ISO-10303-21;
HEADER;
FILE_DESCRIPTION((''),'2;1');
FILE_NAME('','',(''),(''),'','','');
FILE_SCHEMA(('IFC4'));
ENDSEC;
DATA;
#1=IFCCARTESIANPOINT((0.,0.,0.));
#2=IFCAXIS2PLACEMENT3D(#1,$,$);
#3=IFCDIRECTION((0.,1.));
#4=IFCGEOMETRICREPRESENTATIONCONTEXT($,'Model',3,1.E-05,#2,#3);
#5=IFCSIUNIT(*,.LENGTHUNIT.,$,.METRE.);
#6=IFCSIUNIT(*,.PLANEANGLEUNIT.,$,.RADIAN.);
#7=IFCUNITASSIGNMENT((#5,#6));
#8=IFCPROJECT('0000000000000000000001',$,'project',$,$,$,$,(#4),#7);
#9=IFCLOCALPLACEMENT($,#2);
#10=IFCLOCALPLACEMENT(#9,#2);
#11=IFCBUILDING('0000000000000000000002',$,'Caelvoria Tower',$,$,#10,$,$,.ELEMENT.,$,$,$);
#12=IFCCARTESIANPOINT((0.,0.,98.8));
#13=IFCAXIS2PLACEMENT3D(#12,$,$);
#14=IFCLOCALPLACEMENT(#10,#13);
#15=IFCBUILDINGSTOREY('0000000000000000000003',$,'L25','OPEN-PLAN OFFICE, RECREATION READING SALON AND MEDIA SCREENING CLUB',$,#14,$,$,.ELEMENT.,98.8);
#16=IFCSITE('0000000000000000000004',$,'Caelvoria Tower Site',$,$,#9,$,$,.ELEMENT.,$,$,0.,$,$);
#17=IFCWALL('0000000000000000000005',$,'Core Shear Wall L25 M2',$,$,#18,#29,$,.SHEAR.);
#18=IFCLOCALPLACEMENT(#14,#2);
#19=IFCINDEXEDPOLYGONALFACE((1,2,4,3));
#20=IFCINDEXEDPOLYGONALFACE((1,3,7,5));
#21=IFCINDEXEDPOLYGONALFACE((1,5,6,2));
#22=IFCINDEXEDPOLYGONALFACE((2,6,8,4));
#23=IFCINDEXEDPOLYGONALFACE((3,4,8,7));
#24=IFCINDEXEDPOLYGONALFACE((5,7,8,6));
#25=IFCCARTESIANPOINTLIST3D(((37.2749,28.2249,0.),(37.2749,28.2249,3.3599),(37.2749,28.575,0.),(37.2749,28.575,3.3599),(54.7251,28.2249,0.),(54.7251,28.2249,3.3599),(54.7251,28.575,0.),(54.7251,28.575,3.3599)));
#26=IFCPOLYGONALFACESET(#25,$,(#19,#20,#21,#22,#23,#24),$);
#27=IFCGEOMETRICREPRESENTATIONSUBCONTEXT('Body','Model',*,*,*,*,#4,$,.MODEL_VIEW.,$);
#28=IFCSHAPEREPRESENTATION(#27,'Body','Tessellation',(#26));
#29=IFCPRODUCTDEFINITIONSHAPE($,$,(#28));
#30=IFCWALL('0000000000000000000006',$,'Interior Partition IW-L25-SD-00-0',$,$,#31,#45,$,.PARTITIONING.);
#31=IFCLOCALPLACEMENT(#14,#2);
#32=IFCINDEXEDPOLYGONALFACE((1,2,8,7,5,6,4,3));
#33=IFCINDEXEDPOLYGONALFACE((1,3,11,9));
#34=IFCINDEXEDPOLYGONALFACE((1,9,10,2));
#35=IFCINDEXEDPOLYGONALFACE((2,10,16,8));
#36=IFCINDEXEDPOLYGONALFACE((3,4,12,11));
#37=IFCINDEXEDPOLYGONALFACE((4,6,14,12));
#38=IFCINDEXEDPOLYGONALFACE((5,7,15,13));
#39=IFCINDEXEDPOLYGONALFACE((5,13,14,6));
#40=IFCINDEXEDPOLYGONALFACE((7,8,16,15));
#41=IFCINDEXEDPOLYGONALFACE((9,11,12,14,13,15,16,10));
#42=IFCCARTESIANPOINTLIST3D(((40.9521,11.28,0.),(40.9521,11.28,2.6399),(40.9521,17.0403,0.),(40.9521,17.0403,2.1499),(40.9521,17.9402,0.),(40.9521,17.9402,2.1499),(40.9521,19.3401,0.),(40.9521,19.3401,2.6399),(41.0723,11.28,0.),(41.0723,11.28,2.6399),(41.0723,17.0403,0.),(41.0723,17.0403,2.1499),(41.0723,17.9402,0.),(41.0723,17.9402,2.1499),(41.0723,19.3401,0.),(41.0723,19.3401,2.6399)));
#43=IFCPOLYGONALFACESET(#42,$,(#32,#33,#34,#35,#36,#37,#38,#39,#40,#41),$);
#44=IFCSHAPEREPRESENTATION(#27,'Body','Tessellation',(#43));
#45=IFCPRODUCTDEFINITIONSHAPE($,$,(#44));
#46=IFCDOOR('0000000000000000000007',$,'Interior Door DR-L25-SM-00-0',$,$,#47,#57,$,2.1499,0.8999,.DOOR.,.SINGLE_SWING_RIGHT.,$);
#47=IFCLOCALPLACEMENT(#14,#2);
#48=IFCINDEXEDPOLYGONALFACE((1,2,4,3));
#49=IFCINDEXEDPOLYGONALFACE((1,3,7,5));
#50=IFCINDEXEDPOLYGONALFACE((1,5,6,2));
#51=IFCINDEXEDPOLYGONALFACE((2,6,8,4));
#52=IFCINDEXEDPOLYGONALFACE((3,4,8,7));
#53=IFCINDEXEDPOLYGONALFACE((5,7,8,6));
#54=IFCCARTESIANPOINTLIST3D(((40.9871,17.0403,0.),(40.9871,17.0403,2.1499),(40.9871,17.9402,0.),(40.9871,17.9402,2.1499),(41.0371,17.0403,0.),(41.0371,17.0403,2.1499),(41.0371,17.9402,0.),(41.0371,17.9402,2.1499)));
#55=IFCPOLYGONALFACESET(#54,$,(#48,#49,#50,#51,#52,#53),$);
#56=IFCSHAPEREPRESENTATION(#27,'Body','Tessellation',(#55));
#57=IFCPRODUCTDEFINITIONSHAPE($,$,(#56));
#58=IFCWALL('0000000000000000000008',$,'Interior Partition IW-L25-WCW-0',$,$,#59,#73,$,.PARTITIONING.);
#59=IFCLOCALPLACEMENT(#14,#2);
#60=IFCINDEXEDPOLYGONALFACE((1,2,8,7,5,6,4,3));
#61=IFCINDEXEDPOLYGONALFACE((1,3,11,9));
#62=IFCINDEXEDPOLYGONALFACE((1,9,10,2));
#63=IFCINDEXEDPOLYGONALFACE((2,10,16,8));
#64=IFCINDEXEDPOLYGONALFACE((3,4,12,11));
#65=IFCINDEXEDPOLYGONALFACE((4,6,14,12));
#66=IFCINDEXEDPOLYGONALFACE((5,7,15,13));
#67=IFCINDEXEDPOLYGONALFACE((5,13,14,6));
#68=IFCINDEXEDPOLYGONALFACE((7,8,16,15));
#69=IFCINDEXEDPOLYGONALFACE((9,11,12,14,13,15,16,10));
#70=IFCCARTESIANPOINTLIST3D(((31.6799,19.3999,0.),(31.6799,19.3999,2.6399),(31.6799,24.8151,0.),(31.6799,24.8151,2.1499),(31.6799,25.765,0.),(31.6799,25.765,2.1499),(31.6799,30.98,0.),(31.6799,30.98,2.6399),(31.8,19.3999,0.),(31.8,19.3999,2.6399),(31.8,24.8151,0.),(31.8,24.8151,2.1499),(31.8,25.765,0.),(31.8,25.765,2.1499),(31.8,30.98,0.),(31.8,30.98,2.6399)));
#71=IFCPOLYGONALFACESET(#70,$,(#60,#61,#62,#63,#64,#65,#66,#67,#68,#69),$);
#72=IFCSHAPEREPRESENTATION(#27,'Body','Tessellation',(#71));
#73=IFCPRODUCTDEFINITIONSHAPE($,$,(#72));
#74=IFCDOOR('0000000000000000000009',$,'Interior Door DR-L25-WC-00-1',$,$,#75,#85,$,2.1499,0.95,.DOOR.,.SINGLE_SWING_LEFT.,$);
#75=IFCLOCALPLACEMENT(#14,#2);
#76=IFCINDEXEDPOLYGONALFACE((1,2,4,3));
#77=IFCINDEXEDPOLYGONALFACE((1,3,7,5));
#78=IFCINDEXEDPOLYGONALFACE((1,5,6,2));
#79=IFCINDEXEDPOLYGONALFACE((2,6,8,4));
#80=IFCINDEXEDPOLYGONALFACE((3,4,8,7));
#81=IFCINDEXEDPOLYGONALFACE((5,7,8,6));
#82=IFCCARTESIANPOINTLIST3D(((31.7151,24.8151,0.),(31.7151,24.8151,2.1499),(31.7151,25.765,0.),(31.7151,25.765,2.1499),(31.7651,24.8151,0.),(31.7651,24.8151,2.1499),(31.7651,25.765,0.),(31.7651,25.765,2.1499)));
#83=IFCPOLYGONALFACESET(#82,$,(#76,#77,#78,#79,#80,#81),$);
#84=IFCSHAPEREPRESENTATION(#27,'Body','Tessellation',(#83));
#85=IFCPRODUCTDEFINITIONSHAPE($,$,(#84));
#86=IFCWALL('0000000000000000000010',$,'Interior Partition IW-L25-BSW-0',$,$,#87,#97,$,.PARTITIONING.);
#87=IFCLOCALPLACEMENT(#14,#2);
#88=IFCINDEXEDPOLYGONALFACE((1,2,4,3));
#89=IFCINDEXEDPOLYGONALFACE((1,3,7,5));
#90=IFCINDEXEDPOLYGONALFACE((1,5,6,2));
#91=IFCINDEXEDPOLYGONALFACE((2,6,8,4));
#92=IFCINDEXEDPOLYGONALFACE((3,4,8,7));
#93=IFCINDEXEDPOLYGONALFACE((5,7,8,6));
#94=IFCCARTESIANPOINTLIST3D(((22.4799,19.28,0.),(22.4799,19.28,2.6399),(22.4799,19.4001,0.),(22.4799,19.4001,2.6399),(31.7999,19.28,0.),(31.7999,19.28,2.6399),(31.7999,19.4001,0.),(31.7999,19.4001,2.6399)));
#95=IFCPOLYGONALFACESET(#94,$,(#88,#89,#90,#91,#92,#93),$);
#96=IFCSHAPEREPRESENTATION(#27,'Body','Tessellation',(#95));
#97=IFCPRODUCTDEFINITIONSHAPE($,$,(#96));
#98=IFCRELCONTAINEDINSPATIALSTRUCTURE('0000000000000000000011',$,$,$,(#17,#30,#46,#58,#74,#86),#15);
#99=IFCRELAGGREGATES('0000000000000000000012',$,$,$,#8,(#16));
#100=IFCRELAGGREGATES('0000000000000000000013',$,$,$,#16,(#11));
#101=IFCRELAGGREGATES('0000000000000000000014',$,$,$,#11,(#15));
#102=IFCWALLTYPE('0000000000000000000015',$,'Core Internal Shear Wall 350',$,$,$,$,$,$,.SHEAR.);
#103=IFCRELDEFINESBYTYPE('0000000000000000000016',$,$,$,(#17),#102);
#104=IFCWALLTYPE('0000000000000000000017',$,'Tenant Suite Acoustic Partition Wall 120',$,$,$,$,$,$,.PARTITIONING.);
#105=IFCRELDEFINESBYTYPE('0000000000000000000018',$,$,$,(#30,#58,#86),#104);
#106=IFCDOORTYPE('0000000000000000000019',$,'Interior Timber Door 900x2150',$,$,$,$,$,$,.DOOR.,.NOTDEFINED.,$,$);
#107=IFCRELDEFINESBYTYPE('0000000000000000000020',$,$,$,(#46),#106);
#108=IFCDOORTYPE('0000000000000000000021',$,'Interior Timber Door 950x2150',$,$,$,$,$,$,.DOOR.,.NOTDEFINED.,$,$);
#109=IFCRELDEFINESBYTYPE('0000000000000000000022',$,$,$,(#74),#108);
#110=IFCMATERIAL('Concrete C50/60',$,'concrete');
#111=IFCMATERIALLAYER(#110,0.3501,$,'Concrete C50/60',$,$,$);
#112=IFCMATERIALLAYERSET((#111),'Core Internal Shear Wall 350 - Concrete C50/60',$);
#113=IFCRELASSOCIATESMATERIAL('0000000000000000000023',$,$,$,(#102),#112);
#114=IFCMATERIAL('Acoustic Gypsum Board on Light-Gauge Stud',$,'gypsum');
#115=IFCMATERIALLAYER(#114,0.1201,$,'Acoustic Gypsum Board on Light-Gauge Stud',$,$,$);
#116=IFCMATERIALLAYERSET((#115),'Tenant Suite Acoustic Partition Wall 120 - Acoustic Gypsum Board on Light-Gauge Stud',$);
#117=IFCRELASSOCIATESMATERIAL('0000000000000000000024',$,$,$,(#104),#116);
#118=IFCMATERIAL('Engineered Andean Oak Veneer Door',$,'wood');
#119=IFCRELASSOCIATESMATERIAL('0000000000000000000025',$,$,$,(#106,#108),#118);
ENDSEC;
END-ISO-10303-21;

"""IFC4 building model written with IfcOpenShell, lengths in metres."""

from ifc_helpers import new_model, si_unit, direction, frame, frame_2d, origin, place, context, subcontext, project, spatial, rectangle, extrude, material, layer, layer_set, type_object, element, fill, save


model = new_model("IFC4")

# Units and contexts
model_context = context("Model", 3, precision=1e-05, world=origin(), true_north=direction((0.0, 1.0)))
body_context = subcontext(model_context, "Body", "Model", "MODEL_VIEW")
ifc_project = project(units=[si_unit("LENGTHUNIT", "METRE"), si_unit("PLANEANGLEUNIT", "RADIAN")], contexts=[model_context])

# Site, building, storey
site_placement = place(None, origin())
site = spatial("IfcSite", under=ifc_project, at=site_placement, Name="Caelvoria Tower Site", CompositionType="ELEMENT", RefElevation=0.0)
building_placement = place(site_placement, origin())
building = spatial("IfcBuilding", under=site, at=building_placement, Name="Caelvoria Tower", CompositionType="ELEMENT")
storey_placement = place(building_placement, frame((0.0, 0.0, 98.8)))
storey = spatial("IfcBuildingStorey", under=building, at=storey_placement, Name="L25", Description="OPEN-PLAN OFFICE, RECREATION READING SALON AND MEDIA SCREENING CLUB", CompositionType="ELEMENT", Elevation=98.8)

# Shared definitions
ifc_material_1 = material(Name="Concrete C50/60", Category="concrete")
ifc_layer_1 = layer(ifc_material_1, 0.3501, Name="Concrete C50/60")
ifc_layer_set_1 = layer_set([ifc_layer_1], Name="Core Internal Shear Wall 350 - Concrete C50/60")
wall_type_1 = type_object("IfcWallType", Name="Core Internal Shear Wall 350", PredefinedType="SHEAR", material=ifc_layer_set_1)

# Wall
wall_1_placement = place(storey_placement, frame((37.2749, 28.3999, 0.0), z_axis=(0.0, 0.0, 1.0), x_axis=(1.0, 0.0, 0.0)))
element("IfcWall", 1, at=wall_1_placement, inside=storey, type_object=wall_type_1, Name="Core Shear Wall L25 M2", PredefinedType="SHEAR", context=body_context, shape_type="SweptSolid", body=[
    extrude(rectangle(XDim=17.4502, YDim=0.3501, at=frame_2d((8.7251, 0.0))), origin(), (0.0, 0.0, 1.0), 3.3599),
])

# Walls, openings, doors
ifc_material_2 = material(Name="Acoustic Gypsum Board on Light-Gauge Stud", Category="gypsum")
ifc_layer_2 = layer(ifc_material_2, 0.1201, Name="Acoustic Gypsum Board on Light-Gauge Stud")
ifc_layer_set_2 = layer_set([ifc_layer_2], Name="Tenant Suite Acoustic Partition Wall 120 - Acoustic Gypsum Board on Light-Gauge Stud")
wall_type_2 = type_object("IfcWallType", Name="Tenant Suite Acoustic Partition Wall 120", PredefinedType="PARTITIONING", material=ifc_layer_set_2)
wall_2_placement = place(storey_placement, frame((41.0122, 19.3401, 0.0), z_axis=(0.0, 0.0, 1.0), x_axis=(0.0, -1.0, 0.0)))
wall_2 = element("IfcWall", 2, at=wall_2_placement, inside=storey, type_object=wall_type_2, Name="Interior Partition IW-L25-SD-00-0", PredefinedType="PARTITIONING", context=body_context, shape_type="SweptSolid", body=[
    extrude(rectangle(XDim=8.0601, YDim=0.1201, at=frame_2d((4.03, 0.0))), origin(), (0.0, 0.0, 1.0), 2.6399),
])
opening_1_placement = place(wall_2_placement, frame((1.3999, 0.0, 0.0)))
opening_1 = element("IfcOpeningElement", 3, at=opening_1_placement, cuts=wall_2, PredefinedType="OPENING", context=body_context, shape_type="SweptSolid", body=[
    extrude(rectangle(XDim=0.8999, YDim=2.1499, at=frame_2d((0.45, 1.075))), frame((0.0, 0.0701, 0.0), z_axis=(0.0, -1.0, 0.0), x_axis=(1.0, 0.0, 0.0)), (0.0, 0.0, 1.0), 0.1401),
])
ifc_material_3 = material(Name="Engineered Andean Oak Veneer Door", Category="wood")
door_type_1 = type_object("IfcDoorType", Name="Interior Timber Door 900x2150", OperationType="NOTDEFINED", PredefinedType="DOOR", material=ifc_material_3)
door_1_placement = place(opening_1_placement, origin())
door_1 = element("IfcDoor", 4, at=door_1_placement, inside=storey, type_object=door_type_1, Name="Interior Door DR-L25-SM-00-0", OperationType="SINGLE_SWING_RIGHT", OverallHeight=2.1499, OverallWidth=0.8999, PredefinedType="DOOR", context=body_context, shape_type="SweptSolid", body=[
    extrude(rectangle(XDim=0.8999, YDim=2.1499, at=frame_2d((0.45, 1.075))), frame((0.0, 0.0249, 0.0), z_axis=(0.0, -1.0, 0.0), x_axis=(1.0, 0.0, 0.0)), (0.0, 0.0, 1.0), 0.05),
])
fill(opening_1, door_1)
wall_3_placement = place(storey_placement, frame((31.74, 19.3999, 0.0), z_axis=(0.0, 0.0, 1.0), x_axis=(0.0, 1.0, 0.0)))
wall_3 = element("IfcWall", 5, at=wall_3_placement, inside=storey, type_object=wall_type_2, Name="Interior Partition IW-L25-WCW-0", PredefinedType="PARTITIONING", context=body_context, shape_type="SweptSolid", body=[
    extrude(rectangle(XDim=11.5801, YDim=0.1201, at=frame_2d((5.79, 0.0))), origin(), (0.0, 0.0, 1.0), 2.6399),
])
opening_2_placement = place(wall_3_placement, frame((5.415, 0.0, 0.0)))
opening_2 = element("IfcOpeningElement", 6, at=opening_2_placement, cuts=wall_3, PredefinedType="OPENING", context=body_context, shape_type="SweptSolid", body=[
    extrude(rectangle(XDim=0.95, YDim=2.1499, at=frame_2d((0.4751, 1.075))), frame((0.0, 0.0701, 0.0), z_axis=(0.0, -1.0, 0.0), x_axis=(1.0, 0.0, 0.0)), (0.0, 0.0, 1.0), 0.1401),
])
door_type_2 = type_object("IfcDoorType", Name="Interior Timber Door 950x2150", OperationType="NOTDEFINED", PredefinedType="DOOR", material=ifc_material_3)
door_2_placement = place(opening_2_placement, origin())
door_2 = element("IfcDoor", 7, at=door_2_placement, inside=storey, type_object=door_type_2, Name="Interior Door DR-L25-WC-00-1", OperationType="SINGLE_SWING_LEFT", OverallHeight=2.1499, OverallWidth=0.95, PredefinedType="DOOR", context=body_context, shape_type="SweptSolid", body=[
    extrude(rectangle(XDim=0.95, YDim=2.1499, at=frame_2d((0.4751, 1.075))), frame((0.0, 0.0249, 0.0), z_axis=(0.0, -1.0, 0.0), x_axis=(1.0, 0.0, 0.0)), (0.0, 0.0, 1.0), 0.05),
])
fill(opening_2, door_2)

# Wall
wall_4_placement = place(storey_placement, frame((31.8, 19.3401, 0.0), z_axis=(0.0, 0.0, 1.0), x_axis=(-1.0, 0.0, 0.0)))
element("IfcWall", 8, at=wall_4_placement, inside=storey, type_object=wall_type_2, Name="Interior Partition IW-L25-BSW-0", PredefinedType="PARTITIONING", context=body_context, shape_type="SweptSolid", body=[
    extrude(rectangle(XDim=9.3201, YDim=0.1201, at=frame_2d((4.6602, 0.0))), origin(), (0.0, 0.0, 1.0), 2.6399),
])

save(model, "model.ifc")
